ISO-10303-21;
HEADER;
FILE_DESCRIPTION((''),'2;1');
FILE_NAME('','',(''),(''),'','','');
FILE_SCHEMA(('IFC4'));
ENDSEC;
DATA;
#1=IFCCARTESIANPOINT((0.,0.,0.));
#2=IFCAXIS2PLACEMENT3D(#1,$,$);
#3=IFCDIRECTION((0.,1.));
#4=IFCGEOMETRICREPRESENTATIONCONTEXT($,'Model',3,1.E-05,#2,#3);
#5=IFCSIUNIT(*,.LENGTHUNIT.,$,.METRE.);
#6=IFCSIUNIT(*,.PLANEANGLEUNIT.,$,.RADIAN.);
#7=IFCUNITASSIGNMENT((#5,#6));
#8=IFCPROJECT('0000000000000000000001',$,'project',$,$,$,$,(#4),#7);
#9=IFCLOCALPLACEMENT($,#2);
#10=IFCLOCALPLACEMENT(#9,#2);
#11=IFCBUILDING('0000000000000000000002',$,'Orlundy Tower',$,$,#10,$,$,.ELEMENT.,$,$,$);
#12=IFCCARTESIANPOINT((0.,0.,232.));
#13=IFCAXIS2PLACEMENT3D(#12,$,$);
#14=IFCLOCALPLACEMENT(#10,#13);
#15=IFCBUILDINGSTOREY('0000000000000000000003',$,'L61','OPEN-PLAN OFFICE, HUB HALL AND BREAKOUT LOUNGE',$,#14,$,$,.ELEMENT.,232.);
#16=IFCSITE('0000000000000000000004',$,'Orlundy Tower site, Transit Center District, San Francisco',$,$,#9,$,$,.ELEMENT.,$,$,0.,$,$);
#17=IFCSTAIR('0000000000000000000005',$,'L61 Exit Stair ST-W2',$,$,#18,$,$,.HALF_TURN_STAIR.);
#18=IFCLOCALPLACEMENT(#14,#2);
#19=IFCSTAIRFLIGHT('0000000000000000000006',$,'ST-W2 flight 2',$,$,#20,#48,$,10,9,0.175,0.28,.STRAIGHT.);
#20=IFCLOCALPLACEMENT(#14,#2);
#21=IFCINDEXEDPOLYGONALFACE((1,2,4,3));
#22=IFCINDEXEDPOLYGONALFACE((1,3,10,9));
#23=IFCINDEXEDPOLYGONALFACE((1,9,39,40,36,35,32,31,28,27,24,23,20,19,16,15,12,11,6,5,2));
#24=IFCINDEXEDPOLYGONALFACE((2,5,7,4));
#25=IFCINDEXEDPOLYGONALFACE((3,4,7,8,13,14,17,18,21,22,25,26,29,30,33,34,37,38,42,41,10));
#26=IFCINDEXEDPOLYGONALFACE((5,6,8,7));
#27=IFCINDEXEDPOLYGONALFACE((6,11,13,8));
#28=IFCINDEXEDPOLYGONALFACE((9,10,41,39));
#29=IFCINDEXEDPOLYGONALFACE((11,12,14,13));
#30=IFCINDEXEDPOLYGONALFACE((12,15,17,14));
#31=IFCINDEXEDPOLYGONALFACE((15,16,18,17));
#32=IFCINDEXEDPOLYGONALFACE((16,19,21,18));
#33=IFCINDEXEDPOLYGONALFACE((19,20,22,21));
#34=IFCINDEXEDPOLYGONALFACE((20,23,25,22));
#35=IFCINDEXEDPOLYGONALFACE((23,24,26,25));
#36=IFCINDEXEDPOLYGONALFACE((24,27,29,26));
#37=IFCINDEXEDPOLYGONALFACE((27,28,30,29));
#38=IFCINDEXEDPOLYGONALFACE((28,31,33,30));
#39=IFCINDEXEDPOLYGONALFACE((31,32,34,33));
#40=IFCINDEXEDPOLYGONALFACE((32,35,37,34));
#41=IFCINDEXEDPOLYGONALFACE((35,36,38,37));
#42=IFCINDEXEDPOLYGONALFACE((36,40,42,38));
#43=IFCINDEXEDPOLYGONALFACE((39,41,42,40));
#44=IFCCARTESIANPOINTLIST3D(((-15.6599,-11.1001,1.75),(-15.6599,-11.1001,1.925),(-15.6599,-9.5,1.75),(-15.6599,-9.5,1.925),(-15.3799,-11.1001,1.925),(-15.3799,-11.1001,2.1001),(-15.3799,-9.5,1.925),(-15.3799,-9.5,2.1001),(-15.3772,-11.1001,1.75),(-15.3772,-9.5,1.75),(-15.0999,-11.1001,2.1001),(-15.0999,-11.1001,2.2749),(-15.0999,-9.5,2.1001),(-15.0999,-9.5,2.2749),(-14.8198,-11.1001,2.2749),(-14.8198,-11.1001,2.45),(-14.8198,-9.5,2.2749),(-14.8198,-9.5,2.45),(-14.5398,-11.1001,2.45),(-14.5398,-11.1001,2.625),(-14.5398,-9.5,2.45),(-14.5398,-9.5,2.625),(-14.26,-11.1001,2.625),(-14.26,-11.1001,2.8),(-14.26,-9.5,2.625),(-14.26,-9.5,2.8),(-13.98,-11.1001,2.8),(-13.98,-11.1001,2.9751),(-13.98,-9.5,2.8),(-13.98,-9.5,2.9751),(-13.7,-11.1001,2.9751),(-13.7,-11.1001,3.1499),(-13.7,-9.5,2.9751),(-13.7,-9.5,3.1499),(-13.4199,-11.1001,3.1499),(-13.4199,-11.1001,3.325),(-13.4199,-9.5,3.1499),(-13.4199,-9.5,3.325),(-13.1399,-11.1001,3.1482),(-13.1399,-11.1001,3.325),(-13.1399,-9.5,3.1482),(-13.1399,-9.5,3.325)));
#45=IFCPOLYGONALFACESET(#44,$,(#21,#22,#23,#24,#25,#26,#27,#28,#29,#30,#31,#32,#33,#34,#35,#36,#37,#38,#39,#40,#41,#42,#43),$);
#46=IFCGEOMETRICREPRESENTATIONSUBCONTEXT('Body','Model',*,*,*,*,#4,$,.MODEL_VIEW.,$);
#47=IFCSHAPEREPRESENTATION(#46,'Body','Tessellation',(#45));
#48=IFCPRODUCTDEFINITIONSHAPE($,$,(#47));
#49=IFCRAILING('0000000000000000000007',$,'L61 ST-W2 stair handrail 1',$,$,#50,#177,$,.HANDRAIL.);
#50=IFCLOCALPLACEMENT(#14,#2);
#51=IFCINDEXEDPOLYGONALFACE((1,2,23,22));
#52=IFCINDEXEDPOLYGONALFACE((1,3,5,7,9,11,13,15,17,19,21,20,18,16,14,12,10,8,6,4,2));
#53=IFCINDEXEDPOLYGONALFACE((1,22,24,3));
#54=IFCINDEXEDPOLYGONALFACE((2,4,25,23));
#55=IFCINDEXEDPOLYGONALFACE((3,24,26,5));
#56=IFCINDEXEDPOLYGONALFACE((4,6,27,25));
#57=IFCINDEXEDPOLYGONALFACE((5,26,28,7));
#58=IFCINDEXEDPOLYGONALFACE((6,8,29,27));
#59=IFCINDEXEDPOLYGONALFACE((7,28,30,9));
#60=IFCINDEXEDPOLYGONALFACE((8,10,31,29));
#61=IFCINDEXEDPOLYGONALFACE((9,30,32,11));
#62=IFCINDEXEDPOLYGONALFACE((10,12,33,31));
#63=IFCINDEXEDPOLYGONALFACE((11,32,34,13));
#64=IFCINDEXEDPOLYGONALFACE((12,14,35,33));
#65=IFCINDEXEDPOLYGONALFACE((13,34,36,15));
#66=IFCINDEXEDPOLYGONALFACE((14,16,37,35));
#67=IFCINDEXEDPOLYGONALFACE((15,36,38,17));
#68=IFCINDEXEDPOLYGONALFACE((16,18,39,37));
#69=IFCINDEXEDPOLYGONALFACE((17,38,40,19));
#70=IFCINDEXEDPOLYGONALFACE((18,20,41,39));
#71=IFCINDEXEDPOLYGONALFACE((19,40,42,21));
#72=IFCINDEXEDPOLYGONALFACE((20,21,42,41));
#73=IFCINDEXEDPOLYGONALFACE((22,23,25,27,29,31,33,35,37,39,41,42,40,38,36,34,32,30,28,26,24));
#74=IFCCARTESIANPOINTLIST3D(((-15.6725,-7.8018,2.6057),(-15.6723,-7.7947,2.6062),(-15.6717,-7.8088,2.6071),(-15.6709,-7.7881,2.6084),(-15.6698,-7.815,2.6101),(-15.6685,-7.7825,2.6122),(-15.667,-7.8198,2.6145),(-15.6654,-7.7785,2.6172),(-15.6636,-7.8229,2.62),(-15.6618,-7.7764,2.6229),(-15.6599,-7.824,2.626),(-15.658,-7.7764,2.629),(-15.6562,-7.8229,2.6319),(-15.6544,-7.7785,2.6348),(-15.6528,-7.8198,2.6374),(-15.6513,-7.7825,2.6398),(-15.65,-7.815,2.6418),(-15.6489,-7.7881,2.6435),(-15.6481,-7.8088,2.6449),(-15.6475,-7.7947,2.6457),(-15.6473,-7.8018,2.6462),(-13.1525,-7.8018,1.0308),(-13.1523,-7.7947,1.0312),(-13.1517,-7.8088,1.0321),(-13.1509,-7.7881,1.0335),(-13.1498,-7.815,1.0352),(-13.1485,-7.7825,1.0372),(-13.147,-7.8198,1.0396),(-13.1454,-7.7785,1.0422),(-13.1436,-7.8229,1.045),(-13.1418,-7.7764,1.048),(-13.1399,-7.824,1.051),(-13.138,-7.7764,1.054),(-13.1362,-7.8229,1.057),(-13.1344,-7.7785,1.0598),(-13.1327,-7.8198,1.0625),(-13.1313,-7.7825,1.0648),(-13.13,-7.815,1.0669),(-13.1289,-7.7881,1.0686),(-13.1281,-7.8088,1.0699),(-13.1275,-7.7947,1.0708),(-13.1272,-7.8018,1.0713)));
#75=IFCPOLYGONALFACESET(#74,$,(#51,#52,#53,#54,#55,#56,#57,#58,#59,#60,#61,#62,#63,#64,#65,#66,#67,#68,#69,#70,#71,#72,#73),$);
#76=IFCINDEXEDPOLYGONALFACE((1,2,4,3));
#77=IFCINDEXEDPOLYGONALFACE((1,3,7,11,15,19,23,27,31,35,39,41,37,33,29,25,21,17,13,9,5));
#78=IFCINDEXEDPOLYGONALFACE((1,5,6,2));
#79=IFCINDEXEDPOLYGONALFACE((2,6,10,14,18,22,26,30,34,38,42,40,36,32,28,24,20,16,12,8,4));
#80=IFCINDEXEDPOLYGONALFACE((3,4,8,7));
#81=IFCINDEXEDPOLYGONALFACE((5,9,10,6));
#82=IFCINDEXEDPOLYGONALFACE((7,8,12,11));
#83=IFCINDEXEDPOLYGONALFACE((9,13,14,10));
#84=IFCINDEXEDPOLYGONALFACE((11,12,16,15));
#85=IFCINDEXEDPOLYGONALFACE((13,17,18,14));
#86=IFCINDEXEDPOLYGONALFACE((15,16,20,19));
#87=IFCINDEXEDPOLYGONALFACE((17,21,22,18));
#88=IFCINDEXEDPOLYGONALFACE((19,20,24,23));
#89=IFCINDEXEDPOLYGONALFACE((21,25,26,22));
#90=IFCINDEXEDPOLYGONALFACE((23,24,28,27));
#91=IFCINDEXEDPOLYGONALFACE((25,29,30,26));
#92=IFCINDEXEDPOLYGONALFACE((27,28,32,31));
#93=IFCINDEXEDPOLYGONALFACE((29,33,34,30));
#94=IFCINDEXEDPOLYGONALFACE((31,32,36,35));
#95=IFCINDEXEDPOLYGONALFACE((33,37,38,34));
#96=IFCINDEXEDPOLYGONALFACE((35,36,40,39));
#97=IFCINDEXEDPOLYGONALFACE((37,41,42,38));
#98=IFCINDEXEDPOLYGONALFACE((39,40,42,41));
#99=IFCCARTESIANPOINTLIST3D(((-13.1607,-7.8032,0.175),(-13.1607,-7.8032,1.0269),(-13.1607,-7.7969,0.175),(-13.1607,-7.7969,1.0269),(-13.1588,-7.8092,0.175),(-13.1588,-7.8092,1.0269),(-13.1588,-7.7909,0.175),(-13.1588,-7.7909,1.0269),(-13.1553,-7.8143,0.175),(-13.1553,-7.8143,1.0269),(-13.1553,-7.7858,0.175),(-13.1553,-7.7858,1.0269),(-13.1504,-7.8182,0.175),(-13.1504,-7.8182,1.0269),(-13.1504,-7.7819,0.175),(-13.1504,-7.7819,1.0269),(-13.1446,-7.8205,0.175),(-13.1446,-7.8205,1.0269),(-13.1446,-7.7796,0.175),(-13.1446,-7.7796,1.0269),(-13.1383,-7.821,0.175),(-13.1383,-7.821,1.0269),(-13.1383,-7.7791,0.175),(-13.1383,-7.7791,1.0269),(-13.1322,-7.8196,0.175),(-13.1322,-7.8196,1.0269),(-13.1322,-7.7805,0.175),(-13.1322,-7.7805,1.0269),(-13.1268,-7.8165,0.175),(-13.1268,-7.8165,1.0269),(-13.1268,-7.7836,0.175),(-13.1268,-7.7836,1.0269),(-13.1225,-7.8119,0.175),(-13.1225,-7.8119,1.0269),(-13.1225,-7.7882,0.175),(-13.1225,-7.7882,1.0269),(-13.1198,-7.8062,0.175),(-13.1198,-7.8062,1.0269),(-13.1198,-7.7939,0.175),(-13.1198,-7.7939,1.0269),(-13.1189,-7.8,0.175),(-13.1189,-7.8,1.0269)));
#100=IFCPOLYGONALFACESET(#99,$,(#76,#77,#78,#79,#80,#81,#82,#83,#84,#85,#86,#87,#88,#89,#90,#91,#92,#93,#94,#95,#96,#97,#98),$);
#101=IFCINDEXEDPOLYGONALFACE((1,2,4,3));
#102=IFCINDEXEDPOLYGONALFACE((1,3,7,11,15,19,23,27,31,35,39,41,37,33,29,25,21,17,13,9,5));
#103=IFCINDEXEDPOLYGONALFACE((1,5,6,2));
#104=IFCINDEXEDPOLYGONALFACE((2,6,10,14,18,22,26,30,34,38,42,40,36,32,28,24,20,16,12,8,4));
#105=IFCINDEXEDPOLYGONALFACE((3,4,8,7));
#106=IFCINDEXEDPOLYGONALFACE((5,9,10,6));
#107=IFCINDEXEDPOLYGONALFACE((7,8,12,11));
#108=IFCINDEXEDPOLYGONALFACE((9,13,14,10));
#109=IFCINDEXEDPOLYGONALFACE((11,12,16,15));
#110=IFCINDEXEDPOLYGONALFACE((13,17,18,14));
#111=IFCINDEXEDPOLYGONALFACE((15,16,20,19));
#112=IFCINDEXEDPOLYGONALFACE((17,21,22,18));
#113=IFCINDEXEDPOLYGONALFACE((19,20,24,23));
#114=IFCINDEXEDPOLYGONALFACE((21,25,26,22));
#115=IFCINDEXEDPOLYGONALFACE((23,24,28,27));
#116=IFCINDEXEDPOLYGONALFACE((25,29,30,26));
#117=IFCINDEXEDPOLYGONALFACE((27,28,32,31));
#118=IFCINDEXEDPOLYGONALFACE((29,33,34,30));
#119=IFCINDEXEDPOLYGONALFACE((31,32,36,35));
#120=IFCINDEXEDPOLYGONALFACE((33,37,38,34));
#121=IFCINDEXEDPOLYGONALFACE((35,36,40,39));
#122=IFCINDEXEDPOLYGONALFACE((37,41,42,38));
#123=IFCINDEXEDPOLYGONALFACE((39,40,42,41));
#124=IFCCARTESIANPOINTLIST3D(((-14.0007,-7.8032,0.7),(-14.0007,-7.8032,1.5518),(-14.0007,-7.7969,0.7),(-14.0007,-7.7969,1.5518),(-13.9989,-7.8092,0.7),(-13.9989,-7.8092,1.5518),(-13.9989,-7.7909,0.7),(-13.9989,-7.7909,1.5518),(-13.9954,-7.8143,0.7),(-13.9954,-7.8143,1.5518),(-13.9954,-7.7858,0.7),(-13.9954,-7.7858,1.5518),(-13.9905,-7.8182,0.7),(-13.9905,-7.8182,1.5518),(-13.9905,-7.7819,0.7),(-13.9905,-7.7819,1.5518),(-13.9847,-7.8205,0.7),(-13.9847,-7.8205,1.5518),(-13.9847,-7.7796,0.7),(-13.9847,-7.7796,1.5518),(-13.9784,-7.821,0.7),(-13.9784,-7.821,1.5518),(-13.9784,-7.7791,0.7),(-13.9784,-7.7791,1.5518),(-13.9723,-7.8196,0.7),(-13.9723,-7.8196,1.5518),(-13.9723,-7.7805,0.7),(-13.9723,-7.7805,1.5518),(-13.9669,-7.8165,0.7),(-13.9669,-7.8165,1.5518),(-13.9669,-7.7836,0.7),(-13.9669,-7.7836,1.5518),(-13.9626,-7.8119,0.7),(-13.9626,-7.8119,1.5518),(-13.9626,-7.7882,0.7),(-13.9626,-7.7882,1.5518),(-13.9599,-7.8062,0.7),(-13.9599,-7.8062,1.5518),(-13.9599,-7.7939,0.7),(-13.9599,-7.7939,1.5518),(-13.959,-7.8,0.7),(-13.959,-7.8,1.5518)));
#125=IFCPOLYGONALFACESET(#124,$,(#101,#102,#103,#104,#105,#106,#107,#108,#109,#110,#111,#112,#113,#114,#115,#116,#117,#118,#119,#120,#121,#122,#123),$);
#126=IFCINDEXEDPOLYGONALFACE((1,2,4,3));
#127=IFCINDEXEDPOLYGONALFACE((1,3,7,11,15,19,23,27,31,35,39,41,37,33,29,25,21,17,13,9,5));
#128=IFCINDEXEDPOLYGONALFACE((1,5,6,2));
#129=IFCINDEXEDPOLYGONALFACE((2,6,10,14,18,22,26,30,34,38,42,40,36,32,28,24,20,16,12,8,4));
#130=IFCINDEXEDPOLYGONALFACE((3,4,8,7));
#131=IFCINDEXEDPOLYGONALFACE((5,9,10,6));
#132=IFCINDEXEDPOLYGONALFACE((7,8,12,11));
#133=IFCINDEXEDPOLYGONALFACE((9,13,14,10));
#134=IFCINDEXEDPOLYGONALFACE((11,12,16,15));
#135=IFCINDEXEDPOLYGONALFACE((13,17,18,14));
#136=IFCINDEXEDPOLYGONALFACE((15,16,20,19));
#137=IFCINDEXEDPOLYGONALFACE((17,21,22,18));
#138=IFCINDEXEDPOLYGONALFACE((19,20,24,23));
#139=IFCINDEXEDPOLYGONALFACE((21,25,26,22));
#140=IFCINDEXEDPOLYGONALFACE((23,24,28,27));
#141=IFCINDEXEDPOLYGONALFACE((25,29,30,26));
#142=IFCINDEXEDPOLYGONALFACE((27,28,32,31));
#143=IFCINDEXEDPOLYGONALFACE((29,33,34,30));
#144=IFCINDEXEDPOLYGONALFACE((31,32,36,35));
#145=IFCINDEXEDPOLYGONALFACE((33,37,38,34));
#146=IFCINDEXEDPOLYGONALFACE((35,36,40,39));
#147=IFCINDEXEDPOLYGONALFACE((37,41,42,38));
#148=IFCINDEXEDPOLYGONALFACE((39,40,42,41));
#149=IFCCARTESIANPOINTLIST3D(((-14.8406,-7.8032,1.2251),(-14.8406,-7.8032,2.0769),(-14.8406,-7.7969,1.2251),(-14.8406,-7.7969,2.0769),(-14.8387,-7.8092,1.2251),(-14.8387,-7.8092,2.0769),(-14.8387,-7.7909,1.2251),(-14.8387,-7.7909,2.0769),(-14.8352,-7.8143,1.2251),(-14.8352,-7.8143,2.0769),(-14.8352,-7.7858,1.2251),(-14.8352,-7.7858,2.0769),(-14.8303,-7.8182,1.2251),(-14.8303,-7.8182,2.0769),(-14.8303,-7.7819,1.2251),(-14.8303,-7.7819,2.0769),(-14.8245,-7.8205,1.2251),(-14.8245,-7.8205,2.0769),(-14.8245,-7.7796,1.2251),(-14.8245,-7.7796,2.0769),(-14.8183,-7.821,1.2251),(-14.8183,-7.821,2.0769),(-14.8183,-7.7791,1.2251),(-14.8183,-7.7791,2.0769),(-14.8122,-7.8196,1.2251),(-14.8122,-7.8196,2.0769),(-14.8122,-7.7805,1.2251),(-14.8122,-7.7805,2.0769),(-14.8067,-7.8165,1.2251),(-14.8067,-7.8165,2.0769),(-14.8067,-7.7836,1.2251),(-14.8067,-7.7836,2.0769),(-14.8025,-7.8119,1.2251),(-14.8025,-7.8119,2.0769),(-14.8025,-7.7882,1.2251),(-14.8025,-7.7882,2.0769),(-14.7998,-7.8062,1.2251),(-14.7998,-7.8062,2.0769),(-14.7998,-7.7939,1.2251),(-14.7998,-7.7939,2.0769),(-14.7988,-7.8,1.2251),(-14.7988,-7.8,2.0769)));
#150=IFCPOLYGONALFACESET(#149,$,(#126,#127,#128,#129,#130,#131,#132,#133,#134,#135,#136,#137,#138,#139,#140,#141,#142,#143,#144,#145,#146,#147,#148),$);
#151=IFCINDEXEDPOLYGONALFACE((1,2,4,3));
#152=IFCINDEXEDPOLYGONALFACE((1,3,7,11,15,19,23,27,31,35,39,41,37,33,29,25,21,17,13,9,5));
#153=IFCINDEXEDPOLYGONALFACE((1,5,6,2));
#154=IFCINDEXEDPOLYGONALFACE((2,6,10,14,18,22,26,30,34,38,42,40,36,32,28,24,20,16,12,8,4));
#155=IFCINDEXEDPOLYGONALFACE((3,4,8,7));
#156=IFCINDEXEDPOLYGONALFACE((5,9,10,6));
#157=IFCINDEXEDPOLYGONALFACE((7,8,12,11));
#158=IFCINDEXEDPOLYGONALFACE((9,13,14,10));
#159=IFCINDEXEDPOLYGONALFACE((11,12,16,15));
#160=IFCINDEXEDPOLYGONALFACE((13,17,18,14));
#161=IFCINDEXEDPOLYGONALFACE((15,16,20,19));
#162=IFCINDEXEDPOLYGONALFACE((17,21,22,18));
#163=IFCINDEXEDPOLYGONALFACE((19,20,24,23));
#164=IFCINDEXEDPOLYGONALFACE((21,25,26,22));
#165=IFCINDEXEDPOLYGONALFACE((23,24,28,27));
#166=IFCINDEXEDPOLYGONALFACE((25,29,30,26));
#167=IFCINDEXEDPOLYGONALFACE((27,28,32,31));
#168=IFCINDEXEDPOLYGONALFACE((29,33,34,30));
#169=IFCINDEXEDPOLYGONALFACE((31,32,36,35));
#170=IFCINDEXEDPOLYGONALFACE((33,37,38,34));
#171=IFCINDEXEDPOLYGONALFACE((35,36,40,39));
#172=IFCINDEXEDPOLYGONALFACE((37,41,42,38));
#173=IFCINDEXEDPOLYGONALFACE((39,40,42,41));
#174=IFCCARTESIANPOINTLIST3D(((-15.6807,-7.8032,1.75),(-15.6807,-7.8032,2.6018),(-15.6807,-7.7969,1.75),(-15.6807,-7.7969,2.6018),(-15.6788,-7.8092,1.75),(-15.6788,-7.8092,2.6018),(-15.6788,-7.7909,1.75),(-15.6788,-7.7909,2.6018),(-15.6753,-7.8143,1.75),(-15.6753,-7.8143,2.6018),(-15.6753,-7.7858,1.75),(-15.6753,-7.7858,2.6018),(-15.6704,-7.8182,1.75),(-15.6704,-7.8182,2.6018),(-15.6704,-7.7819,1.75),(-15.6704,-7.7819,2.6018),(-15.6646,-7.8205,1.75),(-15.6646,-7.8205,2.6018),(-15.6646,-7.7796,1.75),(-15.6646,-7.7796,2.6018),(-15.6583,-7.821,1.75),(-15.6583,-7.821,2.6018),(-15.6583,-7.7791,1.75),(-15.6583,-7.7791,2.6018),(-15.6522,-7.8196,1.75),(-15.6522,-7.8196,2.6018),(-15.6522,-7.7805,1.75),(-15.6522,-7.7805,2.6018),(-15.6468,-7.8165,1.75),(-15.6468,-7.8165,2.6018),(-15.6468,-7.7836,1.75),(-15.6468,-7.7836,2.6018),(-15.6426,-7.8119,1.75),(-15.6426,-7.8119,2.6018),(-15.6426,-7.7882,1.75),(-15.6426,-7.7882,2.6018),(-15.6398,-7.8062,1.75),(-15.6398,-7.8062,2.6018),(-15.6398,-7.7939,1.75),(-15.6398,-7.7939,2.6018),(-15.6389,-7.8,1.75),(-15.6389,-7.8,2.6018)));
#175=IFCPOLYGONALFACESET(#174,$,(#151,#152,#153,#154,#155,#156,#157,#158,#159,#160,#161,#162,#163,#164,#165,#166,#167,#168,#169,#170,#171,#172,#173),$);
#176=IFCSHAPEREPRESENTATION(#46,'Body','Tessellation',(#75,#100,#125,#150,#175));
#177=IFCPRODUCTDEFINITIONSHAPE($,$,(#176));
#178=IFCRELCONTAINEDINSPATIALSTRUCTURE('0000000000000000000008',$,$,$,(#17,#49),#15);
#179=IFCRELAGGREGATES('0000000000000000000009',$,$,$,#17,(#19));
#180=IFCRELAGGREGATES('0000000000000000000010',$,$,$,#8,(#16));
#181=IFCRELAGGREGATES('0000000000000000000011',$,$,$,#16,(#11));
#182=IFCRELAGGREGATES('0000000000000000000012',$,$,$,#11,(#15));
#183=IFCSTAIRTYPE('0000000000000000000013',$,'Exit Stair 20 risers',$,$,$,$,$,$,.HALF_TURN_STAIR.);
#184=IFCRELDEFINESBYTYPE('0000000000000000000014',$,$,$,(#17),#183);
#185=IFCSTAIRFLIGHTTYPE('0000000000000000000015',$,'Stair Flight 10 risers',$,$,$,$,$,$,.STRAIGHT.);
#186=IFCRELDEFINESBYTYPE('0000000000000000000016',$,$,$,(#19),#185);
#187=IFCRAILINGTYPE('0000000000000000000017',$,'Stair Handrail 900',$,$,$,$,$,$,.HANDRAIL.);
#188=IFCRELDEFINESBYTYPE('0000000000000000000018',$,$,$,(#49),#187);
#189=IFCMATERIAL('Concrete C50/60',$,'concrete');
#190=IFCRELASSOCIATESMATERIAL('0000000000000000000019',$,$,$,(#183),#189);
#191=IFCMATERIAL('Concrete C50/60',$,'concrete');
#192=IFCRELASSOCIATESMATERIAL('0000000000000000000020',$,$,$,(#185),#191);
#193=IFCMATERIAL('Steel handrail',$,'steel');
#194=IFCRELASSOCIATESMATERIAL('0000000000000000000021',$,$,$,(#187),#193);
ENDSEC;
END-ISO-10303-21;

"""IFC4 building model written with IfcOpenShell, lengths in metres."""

from ifc_helpers import new_model, si_unit, direction, frame, origin, origin_2d, place, context, subcontext, project, spatial, polyline, circle, outline, extrude, material, type_object, element, aggregate, save


model = new_model("IFC4")

# Units and contexts
model_context = context("Model", 3, precision=1e-05, world=origin(), true_north=direction((0.0, 1.0)))
body_context = subcontext(model_context, "Body", "Model", "MODEL_VIEW")
ifc_project = project(units=[si_unit("LENGTHUNIT", "METRE"), si_unit("PLANEANGLEUNIT", "RADIAN")], contexts=[model_context])

# Site, building, storey
site_placement = place(None, origin())
site = spatial("IfcSite", under=ifc_project, at=site_placement, Name="Orlundy Tower site, Transit Center District, San Francisco", CompositionType="ELEMENT", RefElevation=0.0)
building_placement = place(site_placement, origin())
building = spatial("IfcBuilding", under=site, at=building_placement, Name="Orlundy Tower", CompositionType="ELEMENT")
storey_placement = place(building_placement, frame((0.0, 0.0, 232.0)))
storey = spatial("IfcBuildingStorey", under=building, at=storey_placement, Name="L61", Description="OPEN-PLAN OFFICE, HUB HALL AND BREAKOUT LOUNGE", CompositionType="ELEMENT", Elevation=232.0)

# Stair, stair flight
ifc_material_1 = material(Name="Concrete C50/60", Category="concrete")
stair_type = type_object("IfcStairType", Name="Exit Stair 20 risers", PredefinedType="HALF_TURN_STAIR", material=ifc_material_1)
stair_placement = place(storey_placement, origin())
stair = element("IfcStair", 1, at=stair_placement, inside=storey, type_object=stair_type, Name="L61 Exit Stair ST-W2", PredefinedType="HALF_TURN_STAIR")
ifc_material_2 = material(Name="Concrete C50/60", Category="concrete")
stair_flight_type = type_object("IfcStairFlightType", Name="Stair Flight 10 risers", PredefinedType="STRAIGHT", material=ifc_material_2)
stair_flight_1_placement = place(storey_placement, frame((-15.6599, -10.3, 1.75), z_axis=(0.0, 0.0, 1.0), x_axis=(1.0, 0.0, 0.0)))
stair_flight_1 = element("IfcStairFlight", 2, at=stair_flight_1_placement, type_object=stair_flight_type, Name="ST-W2 flight 2", NumberOfRisers=10, NumberOfTreads=9, PredefinedType="STRAIGHT", RiserHeight=0.175, TreadLength=0.28, context=body_context, shape_type="SweptSolid", body=[
    extrude(outline(polyline([(0.0, 0.0), (0.0, 0.175), (0.28, 0.175), (0.28, 0.3501), (0.5601, 0.3501), (0.5601, 0.5249), (0.8401, 0.5249), (0.8401, 0.7), (1.1201, 0.7), (1.1201, 0.875), (1.3999, 0.875), (1.3999, 1.05), (1.6799, 1.05), (1.6799, 1.2251), (1.96, 1.2251), (1.96, 1.3999), (2.24, 1.3999), (2.24, 1.575), (2.52, 1.575), (2.52, 1.75), (2.52, 1.3982), (0.2827, 0.0), (0.0, 0.0)])), frame((0.0, 0.8, 0.0), z_axis=(0.0, -1.0, 0.0), x_axis=(1.0, 0.0, 0.0)), (0.0, 0.0, 1.0), 1.6001),
])
aggregate(stair, [stair_flight_1])

# Railing
ifc_material_3 = material(Name="Steel handrail", Category="steel")
railing_type_1 = type_object("IfcRailingType", Name="Stair Handrail 900", PredefinedType="HANDRAIL", material=ifc_material_3)
railing_1_placement = place(storey_placement, frame((-13.1399, -7.8, 0.175)))
element("IfcRailing", 3, at=railing_1_placement, inside=storey, type_object=railing_type_1, Name="L61 ST-W2 stair handrail 1", PredefinedType="HANDRAIL", context=body_context, shape_type="SweptSolid", body=[
    extrude(circle(Radius=0.0239, at=origin_2d()), frame((0.0, 0.0, 0.876), z_axis=(-0.848008, 0.0, 0.529984), x_axis=(0.0, -1.0, 0.0)), (0.0, 0.0, 1.0), 2.9717),
    extrude(circle(Radius=0.021, at=origin_2d()), origin(), (0.0, 0.0, 1.0), 0.8518),
    extrude(circle(Radius=0.021, at=origin_2d()), frame((-0.8401, 0.0, 0.5249)), (0.0, 0.0, 1.0), 0.8518),
    extrude(circle(Radius=0.021, at=origin_2d()), frame((-1.6799, 0.0, 1.05)), (0.0, 0.0, 1.0), 0.8518),
    extrude(circle(Radius=0.021, at=origin_2d()), frame((-2.52, 0.0, 1.575)), (0.0, 0.0, 1.0), 0.8518),
])

save(model, "model.ifc")
